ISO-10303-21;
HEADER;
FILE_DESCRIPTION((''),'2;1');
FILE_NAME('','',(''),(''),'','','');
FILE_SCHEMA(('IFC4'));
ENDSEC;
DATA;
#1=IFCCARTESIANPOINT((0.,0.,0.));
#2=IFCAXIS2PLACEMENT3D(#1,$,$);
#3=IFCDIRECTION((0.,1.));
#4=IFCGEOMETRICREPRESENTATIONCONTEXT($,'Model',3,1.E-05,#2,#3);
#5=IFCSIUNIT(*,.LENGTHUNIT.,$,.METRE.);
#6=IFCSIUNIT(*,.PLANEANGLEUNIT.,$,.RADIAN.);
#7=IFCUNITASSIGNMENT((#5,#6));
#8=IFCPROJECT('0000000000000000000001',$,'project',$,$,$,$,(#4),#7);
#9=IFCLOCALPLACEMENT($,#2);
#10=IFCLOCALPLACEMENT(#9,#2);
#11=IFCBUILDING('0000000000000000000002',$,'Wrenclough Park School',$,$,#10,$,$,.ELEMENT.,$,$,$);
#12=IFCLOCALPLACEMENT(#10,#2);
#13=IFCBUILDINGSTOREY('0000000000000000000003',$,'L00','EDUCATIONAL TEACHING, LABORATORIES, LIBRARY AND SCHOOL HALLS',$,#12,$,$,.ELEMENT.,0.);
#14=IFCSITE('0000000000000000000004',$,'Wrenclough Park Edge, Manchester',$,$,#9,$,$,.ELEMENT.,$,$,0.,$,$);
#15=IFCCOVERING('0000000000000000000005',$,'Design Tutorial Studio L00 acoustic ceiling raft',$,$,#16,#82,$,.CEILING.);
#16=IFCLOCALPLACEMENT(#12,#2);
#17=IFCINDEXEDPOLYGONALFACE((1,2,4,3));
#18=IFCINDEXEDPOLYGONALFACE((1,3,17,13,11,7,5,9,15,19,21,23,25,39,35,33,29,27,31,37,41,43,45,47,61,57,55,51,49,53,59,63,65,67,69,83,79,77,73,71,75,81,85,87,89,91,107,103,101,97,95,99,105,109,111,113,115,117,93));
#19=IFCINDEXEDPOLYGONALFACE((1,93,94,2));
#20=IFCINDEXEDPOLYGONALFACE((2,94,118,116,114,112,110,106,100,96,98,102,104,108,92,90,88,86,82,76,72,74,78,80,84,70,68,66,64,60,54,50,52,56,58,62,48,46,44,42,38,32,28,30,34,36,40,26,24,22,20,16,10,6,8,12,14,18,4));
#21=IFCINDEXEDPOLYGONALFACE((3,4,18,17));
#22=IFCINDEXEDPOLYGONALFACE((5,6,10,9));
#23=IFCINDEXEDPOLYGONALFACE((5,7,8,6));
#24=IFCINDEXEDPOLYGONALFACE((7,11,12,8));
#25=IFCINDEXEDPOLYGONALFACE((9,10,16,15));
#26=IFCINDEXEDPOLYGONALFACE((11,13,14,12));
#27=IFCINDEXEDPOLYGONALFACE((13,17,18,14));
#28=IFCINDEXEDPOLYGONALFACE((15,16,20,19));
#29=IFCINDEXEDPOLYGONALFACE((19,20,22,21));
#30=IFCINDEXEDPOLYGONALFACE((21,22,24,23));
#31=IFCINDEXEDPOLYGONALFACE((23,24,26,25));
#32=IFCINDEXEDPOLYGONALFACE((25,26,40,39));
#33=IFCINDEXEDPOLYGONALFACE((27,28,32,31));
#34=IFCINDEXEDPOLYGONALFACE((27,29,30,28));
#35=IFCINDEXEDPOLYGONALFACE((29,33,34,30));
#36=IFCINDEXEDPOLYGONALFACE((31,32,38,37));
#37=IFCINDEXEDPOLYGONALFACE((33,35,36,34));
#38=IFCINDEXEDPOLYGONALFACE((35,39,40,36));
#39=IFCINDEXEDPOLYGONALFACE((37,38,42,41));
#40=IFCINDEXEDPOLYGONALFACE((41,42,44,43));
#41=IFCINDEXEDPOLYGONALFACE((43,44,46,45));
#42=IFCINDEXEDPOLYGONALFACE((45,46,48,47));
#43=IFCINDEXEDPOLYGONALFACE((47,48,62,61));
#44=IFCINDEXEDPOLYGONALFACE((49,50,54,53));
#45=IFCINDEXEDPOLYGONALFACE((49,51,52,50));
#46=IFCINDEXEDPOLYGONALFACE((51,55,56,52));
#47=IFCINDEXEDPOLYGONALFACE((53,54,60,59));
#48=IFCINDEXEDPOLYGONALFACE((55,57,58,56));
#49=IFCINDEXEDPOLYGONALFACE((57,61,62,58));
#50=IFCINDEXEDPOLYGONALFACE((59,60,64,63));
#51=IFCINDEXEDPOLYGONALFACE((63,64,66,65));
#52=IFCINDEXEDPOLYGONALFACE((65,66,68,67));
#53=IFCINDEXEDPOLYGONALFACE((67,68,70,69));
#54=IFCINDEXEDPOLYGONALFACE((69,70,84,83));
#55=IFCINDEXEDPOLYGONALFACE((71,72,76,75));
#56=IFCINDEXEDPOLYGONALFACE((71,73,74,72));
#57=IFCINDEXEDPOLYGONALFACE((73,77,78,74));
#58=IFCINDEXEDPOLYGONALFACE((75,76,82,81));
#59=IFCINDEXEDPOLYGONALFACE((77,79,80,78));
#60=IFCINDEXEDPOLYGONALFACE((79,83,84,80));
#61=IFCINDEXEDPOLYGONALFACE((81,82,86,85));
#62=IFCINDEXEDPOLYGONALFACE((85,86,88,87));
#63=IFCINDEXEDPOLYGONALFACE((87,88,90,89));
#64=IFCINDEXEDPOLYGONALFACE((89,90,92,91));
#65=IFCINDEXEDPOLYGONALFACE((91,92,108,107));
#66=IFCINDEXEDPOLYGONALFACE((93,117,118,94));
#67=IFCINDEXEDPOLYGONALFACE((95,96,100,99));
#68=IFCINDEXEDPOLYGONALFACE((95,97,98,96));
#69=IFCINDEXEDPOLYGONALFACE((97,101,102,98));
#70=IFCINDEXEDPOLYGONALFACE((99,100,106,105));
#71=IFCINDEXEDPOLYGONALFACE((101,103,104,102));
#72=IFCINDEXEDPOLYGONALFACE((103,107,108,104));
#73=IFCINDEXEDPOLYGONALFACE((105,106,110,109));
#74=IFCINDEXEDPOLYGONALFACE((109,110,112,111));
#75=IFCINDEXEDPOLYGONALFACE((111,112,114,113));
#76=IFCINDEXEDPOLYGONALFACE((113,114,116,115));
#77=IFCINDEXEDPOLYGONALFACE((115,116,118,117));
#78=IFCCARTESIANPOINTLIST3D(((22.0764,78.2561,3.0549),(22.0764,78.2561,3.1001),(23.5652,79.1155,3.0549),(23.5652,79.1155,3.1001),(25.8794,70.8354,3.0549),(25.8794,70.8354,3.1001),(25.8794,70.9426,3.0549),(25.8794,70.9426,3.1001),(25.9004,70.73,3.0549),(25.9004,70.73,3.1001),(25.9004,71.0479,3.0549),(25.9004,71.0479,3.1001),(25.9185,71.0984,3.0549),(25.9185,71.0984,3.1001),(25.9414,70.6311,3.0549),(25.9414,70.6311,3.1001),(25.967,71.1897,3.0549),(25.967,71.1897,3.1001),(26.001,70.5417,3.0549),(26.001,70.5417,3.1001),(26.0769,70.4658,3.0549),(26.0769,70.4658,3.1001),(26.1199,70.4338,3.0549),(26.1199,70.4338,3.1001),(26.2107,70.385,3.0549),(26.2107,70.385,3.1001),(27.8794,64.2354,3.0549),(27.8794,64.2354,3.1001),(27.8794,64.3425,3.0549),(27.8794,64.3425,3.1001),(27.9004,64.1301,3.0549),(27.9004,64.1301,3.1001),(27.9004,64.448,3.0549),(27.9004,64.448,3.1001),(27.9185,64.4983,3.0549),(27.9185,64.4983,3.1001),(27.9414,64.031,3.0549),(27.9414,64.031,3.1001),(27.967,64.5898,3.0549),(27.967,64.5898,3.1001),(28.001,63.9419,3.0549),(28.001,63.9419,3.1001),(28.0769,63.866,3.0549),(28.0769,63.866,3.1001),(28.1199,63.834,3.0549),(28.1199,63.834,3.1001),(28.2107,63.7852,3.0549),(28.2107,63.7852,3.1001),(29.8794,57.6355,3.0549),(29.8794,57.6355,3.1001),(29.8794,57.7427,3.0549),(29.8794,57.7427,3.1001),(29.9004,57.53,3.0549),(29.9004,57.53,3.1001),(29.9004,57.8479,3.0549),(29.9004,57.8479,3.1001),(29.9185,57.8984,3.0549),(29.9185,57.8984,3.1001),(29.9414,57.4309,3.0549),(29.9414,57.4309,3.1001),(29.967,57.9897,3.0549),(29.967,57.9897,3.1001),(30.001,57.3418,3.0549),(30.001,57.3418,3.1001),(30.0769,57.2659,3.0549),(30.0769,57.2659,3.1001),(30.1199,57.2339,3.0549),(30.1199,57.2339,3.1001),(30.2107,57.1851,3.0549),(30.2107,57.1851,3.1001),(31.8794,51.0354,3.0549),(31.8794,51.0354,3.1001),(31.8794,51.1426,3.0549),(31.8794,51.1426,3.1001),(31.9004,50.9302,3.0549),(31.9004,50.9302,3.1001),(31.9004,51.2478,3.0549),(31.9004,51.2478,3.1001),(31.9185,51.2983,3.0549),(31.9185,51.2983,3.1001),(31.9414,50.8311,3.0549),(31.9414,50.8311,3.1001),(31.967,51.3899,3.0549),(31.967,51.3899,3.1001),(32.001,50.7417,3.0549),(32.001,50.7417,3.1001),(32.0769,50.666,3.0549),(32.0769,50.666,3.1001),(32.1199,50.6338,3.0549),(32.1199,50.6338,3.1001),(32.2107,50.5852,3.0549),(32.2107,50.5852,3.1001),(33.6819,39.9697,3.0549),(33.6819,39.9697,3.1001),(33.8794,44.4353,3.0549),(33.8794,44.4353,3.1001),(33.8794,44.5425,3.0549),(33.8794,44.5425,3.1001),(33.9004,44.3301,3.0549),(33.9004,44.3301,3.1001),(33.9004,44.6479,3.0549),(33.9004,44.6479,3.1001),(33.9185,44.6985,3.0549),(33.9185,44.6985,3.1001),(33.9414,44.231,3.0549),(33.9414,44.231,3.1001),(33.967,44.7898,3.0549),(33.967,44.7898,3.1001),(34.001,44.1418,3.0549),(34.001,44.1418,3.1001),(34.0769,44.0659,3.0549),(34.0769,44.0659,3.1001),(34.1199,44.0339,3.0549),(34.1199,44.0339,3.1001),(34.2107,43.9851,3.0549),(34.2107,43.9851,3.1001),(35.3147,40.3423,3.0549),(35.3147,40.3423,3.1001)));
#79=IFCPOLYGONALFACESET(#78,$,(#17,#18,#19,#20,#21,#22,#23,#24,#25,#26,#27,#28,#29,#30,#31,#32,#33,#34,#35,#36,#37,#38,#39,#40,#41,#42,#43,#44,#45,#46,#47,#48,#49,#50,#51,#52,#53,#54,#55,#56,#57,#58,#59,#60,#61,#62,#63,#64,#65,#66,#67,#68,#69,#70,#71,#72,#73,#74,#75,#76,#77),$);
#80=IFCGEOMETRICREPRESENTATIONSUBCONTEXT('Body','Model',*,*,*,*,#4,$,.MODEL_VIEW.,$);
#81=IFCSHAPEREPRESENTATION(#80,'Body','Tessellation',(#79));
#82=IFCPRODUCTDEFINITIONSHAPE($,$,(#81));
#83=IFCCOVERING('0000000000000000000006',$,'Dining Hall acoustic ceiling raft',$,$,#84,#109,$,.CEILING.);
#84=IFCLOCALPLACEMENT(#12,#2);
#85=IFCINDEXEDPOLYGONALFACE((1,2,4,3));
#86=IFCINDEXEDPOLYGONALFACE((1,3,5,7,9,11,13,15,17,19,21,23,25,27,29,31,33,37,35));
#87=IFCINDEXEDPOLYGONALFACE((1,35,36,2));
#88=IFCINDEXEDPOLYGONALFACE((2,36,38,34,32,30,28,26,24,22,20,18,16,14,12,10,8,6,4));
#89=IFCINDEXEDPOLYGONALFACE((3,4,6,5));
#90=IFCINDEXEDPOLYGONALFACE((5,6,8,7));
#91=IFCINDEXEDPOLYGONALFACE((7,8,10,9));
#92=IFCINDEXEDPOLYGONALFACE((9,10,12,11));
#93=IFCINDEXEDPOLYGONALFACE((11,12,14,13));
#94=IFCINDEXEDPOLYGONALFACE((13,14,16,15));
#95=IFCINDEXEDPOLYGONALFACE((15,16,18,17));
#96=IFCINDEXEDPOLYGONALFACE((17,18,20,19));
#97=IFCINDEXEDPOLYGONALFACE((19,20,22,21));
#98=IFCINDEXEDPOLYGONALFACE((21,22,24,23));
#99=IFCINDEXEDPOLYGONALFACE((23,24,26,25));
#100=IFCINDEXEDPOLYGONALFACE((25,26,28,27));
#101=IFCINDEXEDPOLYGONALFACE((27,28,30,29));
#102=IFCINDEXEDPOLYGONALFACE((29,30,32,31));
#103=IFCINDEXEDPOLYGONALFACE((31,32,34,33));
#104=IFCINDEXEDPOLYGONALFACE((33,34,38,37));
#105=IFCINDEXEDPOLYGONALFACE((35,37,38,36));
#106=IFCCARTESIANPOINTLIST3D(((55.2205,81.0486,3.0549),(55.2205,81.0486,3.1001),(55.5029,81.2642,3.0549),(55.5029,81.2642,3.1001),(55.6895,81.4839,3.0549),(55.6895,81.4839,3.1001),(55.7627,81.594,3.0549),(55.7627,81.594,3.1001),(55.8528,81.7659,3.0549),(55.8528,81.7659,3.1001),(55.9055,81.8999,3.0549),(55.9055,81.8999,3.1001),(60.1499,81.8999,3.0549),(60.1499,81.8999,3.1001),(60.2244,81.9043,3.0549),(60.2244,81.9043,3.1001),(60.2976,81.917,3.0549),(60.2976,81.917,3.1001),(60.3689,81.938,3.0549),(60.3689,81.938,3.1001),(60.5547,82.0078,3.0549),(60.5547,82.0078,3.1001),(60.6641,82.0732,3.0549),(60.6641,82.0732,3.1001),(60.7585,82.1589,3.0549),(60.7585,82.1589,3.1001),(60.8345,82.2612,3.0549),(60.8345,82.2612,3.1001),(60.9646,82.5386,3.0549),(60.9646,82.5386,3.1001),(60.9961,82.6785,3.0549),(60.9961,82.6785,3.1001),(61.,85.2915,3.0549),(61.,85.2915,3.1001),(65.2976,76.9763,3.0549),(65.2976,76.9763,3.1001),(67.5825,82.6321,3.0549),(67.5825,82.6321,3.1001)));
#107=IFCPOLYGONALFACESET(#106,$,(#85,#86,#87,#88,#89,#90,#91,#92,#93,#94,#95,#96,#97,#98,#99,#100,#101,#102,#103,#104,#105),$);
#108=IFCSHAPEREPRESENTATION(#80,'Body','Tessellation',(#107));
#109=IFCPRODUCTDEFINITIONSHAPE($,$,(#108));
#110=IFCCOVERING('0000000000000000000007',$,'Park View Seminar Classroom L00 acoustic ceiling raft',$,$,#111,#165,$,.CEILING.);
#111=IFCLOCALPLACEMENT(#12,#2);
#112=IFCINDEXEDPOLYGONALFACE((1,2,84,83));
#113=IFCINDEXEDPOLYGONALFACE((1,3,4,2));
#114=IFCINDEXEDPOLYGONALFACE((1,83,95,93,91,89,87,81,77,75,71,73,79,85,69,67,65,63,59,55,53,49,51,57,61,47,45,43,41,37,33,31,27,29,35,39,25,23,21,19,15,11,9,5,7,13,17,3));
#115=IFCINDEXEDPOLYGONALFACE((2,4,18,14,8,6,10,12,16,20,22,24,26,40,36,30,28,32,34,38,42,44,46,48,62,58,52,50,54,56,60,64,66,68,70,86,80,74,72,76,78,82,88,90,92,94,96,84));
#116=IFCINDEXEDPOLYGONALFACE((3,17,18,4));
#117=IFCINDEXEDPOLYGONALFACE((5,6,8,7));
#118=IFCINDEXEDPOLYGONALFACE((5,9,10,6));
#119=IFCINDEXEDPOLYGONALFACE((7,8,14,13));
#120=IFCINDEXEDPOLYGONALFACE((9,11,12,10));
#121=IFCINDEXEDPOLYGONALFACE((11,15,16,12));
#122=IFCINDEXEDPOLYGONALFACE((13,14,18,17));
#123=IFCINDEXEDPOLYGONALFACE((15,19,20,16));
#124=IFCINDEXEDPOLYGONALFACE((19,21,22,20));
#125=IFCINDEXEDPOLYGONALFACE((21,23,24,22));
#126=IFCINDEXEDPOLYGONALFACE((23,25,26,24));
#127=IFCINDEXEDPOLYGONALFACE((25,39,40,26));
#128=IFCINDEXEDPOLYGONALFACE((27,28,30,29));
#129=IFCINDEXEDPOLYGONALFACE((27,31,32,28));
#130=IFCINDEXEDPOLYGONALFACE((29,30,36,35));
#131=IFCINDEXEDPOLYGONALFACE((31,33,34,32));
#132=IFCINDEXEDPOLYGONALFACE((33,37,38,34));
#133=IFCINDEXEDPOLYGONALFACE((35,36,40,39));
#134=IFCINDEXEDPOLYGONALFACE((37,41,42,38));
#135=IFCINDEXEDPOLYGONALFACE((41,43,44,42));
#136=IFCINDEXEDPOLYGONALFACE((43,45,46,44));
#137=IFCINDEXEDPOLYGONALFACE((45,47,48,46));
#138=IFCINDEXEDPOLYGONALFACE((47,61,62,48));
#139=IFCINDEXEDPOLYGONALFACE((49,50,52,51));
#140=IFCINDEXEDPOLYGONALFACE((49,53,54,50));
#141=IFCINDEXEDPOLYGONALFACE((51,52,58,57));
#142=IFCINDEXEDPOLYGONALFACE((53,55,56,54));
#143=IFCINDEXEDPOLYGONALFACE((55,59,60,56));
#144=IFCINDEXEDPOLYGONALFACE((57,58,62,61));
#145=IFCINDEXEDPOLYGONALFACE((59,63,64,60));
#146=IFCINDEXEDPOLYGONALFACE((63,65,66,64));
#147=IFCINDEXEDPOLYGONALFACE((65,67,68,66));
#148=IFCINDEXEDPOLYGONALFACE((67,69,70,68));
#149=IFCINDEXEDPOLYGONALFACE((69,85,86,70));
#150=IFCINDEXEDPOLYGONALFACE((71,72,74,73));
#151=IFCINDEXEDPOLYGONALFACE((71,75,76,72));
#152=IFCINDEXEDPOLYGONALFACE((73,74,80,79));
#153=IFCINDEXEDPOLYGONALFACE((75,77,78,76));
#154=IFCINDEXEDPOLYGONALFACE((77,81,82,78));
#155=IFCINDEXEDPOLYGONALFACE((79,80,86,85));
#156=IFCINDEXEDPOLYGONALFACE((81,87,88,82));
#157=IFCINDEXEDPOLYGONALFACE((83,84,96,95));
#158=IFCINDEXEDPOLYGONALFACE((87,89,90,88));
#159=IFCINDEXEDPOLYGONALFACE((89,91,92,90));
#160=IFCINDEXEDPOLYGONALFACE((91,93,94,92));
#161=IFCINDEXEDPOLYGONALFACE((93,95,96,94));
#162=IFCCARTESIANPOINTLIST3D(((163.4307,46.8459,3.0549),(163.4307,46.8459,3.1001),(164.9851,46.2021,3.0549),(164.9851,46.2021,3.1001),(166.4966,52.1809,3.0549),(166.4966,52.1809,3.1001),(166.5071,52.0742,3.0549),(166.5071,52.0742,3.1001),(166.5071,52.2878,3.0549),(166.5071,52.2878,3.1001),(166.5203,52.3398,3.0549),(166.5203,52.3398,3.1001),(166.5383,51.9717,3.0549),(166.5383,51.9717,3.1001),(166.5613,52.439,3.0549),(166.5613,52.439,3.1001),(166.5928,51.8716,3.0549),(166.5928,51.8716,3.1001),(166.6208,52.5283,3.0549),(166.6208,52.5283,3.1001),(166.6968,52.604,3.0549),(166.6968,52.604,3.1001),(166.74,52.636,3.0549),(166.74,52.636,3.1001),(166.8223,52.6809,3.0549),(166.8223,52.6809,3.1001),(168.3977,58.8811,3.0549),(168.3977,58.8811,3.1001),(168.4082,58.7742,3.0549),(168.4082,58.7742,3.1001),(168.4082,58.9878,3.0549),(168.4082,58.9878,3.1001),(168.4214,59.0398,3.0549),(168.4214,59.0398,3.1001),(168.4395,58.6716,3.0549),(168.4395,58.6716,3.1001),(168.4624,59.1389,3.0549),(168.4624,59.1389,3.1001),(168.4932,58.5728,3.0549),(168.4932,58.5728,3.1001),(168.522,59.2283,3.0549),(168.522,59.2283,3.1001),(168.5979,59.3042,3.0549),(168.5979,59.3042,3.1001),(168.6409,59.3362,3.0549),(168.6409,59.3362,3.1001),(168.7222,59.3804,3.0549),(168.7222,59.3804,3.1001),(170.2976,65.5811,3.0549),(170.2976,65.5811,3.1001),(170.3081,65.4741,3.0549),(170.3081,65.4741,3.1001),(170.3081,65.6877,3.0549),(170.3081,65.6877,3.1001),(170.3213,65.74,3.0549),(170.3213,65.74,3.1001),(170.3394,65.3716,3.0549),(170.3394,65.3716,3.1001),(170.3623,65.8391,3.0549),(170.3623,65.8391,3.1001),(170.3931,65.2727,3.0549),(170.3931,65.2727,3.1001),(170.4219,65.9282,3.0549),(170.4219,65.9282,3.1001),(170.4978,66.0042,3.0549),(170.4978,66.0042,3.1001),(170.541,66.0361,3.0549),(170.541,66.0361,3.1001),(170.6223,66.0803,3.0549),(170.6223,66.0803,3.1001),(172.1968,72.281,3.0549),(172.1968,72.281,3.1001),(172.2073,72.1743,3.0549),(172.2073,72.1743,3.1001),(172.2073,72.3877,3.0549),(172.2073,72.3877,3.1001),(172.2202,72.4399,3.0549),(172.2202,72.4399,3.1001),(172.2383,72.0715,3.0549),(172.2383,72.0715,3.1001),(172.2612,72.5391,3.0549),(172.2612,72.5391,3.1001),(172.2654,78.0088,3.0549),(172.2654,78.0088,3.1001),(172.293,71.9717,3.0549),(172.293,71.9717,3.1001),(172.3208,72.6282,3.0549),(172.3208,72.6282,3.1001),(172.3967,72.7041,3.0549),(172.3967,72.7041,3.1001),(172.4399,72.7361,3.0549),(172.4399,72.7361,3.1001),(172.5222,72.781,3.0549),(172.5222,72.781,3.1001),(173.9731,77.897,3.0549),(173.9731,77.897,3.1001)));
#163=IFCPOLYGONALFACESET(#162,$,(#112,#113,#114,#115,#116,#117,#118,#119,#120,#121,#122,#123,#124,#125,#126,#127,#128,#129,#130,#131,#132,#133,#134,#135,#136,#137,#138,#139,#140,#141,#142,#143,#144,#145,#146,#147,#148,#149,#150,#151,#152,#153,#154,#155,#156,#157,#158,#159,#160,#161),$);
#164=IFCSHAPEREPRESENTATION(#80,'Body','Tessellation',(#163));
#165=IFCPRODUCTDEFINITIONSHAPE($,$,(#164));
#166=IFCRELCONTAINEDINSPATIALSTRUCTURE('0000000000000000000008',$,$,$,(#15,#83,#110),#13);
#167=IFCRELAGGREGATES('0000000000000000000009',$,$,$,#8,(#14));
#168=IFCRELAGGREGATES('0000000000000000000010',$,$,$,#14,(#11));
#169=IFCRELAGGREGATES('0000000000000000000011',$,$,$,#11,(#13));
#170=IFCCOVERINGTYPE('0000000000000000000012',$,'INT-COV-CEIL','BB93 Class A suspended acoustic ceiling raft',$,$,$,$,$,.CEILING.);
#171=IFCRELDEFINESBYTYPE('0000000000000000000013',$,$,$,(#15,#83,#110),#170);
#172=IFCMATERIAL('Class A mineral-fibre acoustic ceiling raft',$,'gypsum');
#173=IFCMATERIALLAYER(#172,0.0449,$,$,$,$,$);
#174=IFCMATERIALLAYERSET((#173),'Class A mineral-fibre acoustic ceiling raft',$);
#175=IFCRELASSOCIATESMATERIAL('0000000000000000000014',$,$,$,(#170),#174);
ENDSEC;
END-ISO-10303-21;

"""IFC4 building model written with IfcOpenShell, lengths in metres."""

from ifc_helpers import new_model, si_unit, direction, frame, origin, place, context, subcontext, project, spatial, polyline, outline, extrude, material, layer, layer_set, type_object, element, save


model = new_model("IFC4")

# Units and contexts
model_context = context("Model", 3, precision=1e-05, world=origin(), true_north=direction((0.0, 1.0)))
body_context = subcontext(model_context, "Body", "Model", "MODEL_VIEW")
ifc_project = project(units=[si_unit("LENGTHUNIT", "METRE"), si_unit("PLANEANGLEUNIT", "RADIAN")], contexts=[model_context])

# Site, building, storey
site_placement = place(None, origin())
site = spatial("IfcSite", under=ifc_project, at=site_placement, Name="Wrenclough Park Edge, Manchester", CompositionType="ELEMENT", RefElevation=0.0)
building_placement = place(site_placement, origin())
building = spatial("IfcBuilding", under=site, at=building_placement, Name="Wrenclough Park School", CompositionType="ELEMENT")
storey_placement = place(building_placement, origin())
storey = spatial("IfcBuildingStorey", under=building, at=storey_placement, Name="L00", Description="EDUCATIONAL TEACHING, LABORATORIES, LIBRARY AND SCHOOL HALLS", CompositionType="ELEMENT", Elevation=0.0)

# Coverings
ifc_material_1 = material(Name="Class A mineral-fibre acoustic ceiling raft", Category="gypsum")
ifc_layer_1 = layer(ifc_material_1, 0.0449)
ifc_layer_set_1 = layer_set([ifc_layer_1], Name="Class A mineral-fibre acoustic ceiling raft")
covering_type_1 = type_object("IfcCoveringType", Name="INT-COV-CEIL", Description="BB93 Class A suspended acoustic ceiling raft", PredefinedType="CEILING", material=ifc_layer_set_1)
covering_1_placement = place(storey_placement, frame((0.0, 0.0, 3.0549)))
element("IfcCovering", 1, at=covering_1_placement, inside=storey, type_object=covering_type_1, Name="Design Tutorial Studio L00 acoustic ceiling raft", PredefinedType="CEILING", context=body_context, shape_type="SweptSolid", body=[
    extrude(outline(polyline([(33.6819, 39.9697), (35.3147, 40.3423), (34.2107, 43.9851), (34.1199, 44.0339), (34.0769, 44.0659), (34.001, 44.1418), (33.9414, 44.231), (33.9004, 44.3301), (33.8794, 44.4353), (33.8794, 44.5425), (33.9004, 44.6479), (33.9185, 44.6985), (33.967, 44.7898), (32.2107, 50.5852), (32.1199, 50.6338), (32.0769, 50.666), (32.001, 50.7417), (31.9414, 50.8311), (31.9004, 50.9302), (31.8794, 51.0354), (31.8794, 51.1426), (31.9004, 51.2478), (31.9185, 51.2983), (31.967, 51.3899), (30.2107, 57.1851), (30.1199, 57.2339), (30.0769, 57.2659), (30.001, 57.3418), (29.9414, 57.4309), (29.9004, 57.53), (29.8794, 57.6355), (29.8794, 57.7427), (29.9004, 57.8479), (29.9185, 57.8984), (29.967, 57.9897), (28.2107, 63.7852), (28.1199, 63.834), (28.0769, 63.866), (28.001, 63.9419), (27.9414, 64.031), (27.9004, 64.1301), (27.8794, 64.2354), (27.8794, 64.3425), (27.9004, 64.448), (27.9185, 64.4983), (27.967, 64.5898), (26.2107, 70.385), (26.1199, 70.4338), (26.0769, 70.4658), (26.001, 70.5417), (25.9414, 70.6311), (25.9004, 70.73), (25.8794, 70.8354), (25.8794, 70.9426), (25.9004, 71.0479), (25.9185, 71.0984), (25.967, 71.1897), (23.5652, 79.1155), (22.0764, 78.2561), (33.6819, 39.9697)])), origin(), (0.0, 0.0, 1.0), 0.0452),
])
covering_2_placement = place(storey_placement, frame((0.0, 0.0, 3.0549)))
element("IfcCovering", 2, at=covering_2_placement, inside=storey, type_object=covering_type_1, Name="Dining Hall acoustic ceiling raft", PredefinedType="CEILING", context=body_context, shape_type="SweptSolid", body=[
    extrude(outline(polyline([(55.2205, 81.0486), (65.2976, 76.9763), (67.5825, 82.6321), (61.0, 85.2915), (60.9961, 82.6785), (60.9646, 82.5386), (60.8345, 82.2612), (60.7585, 82.1589), (60.6641, 82.0732), (60.5547, 82.0078), (60.3689, 81.938), (60.2976, 81.917), (60.2244, 81.9043), (60.1499, 81.8999), (55.9055, 81.8999), (55.8528, 81.7659), (55.7627, 81.594), (55.6895, 81.4839), (55.5029, 81.2642), (55.2205, 81.0486)])), origin(), (0.0, 0.0, 1.0), 0.0452),
])
covering_3_placement = place(storey_placement, frame((0.0, 0.0, 3.0549)))
element("IfcCovering", 3, at=covering_3_placement, inside=storey, type_object=covering_type_1, Name="Park View Seminar Classroom L00 acoustic ceiling raft", PredefinedType="CEILING", context=body_context, shape_type="SweptSolid", body=[
    extrude(outline(polyline([(163.4307, 46.8459), (164.9851, 46.2021), (166.5928, 51.8716), (166.5383, 51.9717), (166.5071, 52.0742), (166.4966, 52.1809), (166.5071, 52.2878), (166.5203, 52.3398), (166.5613, 52.439), (166.6208, 52.5283), (166.6968, 52.604), (166.74, 52.636), (166.8223, 52.6809), (168.4932, 58.5728), (168.4395, 58.6716), (168.4082, 58.7742), (168.3977, 58.8811), (168.4082, 58.9878), (168.4214, 59.0398), (168.4624, 59.1389), (168.522, 59.2283), (168.5979, 59.3042), (168.6409, 59.3362), (168.7222, 59.3804), (170.3931, 65.2727), (170.3394, 65.3716), (170.3081, 65.4741), (170.2976, 65.5811), (170.3081, 65.6877), (170.3213, 65.74), (170.3623, 65.8391), (170.4219, 65.9282), (170.4978, 66.0042), (170.541, 66.0361), (170.6223, 66.0803), (172.293, 71.9717), (172.2383, 72.0715), (172.2073, 72.1743), (172.1968, 72.281), (172.2073, 72.3877), (172.2202, 72.4399), (172.2612, 72.5391), (172.3208, 72.6282), (172.3967, 72.7041), (172.4399, 72.7361), (172.5222, 72.781), (173.9731, 77.897), (172.2654, 78.0088), (163.4307, 46.8459)])), origin(), (0.0, 0.0, 1.0), 0.0452),
])

save(model, "model.ifc")
